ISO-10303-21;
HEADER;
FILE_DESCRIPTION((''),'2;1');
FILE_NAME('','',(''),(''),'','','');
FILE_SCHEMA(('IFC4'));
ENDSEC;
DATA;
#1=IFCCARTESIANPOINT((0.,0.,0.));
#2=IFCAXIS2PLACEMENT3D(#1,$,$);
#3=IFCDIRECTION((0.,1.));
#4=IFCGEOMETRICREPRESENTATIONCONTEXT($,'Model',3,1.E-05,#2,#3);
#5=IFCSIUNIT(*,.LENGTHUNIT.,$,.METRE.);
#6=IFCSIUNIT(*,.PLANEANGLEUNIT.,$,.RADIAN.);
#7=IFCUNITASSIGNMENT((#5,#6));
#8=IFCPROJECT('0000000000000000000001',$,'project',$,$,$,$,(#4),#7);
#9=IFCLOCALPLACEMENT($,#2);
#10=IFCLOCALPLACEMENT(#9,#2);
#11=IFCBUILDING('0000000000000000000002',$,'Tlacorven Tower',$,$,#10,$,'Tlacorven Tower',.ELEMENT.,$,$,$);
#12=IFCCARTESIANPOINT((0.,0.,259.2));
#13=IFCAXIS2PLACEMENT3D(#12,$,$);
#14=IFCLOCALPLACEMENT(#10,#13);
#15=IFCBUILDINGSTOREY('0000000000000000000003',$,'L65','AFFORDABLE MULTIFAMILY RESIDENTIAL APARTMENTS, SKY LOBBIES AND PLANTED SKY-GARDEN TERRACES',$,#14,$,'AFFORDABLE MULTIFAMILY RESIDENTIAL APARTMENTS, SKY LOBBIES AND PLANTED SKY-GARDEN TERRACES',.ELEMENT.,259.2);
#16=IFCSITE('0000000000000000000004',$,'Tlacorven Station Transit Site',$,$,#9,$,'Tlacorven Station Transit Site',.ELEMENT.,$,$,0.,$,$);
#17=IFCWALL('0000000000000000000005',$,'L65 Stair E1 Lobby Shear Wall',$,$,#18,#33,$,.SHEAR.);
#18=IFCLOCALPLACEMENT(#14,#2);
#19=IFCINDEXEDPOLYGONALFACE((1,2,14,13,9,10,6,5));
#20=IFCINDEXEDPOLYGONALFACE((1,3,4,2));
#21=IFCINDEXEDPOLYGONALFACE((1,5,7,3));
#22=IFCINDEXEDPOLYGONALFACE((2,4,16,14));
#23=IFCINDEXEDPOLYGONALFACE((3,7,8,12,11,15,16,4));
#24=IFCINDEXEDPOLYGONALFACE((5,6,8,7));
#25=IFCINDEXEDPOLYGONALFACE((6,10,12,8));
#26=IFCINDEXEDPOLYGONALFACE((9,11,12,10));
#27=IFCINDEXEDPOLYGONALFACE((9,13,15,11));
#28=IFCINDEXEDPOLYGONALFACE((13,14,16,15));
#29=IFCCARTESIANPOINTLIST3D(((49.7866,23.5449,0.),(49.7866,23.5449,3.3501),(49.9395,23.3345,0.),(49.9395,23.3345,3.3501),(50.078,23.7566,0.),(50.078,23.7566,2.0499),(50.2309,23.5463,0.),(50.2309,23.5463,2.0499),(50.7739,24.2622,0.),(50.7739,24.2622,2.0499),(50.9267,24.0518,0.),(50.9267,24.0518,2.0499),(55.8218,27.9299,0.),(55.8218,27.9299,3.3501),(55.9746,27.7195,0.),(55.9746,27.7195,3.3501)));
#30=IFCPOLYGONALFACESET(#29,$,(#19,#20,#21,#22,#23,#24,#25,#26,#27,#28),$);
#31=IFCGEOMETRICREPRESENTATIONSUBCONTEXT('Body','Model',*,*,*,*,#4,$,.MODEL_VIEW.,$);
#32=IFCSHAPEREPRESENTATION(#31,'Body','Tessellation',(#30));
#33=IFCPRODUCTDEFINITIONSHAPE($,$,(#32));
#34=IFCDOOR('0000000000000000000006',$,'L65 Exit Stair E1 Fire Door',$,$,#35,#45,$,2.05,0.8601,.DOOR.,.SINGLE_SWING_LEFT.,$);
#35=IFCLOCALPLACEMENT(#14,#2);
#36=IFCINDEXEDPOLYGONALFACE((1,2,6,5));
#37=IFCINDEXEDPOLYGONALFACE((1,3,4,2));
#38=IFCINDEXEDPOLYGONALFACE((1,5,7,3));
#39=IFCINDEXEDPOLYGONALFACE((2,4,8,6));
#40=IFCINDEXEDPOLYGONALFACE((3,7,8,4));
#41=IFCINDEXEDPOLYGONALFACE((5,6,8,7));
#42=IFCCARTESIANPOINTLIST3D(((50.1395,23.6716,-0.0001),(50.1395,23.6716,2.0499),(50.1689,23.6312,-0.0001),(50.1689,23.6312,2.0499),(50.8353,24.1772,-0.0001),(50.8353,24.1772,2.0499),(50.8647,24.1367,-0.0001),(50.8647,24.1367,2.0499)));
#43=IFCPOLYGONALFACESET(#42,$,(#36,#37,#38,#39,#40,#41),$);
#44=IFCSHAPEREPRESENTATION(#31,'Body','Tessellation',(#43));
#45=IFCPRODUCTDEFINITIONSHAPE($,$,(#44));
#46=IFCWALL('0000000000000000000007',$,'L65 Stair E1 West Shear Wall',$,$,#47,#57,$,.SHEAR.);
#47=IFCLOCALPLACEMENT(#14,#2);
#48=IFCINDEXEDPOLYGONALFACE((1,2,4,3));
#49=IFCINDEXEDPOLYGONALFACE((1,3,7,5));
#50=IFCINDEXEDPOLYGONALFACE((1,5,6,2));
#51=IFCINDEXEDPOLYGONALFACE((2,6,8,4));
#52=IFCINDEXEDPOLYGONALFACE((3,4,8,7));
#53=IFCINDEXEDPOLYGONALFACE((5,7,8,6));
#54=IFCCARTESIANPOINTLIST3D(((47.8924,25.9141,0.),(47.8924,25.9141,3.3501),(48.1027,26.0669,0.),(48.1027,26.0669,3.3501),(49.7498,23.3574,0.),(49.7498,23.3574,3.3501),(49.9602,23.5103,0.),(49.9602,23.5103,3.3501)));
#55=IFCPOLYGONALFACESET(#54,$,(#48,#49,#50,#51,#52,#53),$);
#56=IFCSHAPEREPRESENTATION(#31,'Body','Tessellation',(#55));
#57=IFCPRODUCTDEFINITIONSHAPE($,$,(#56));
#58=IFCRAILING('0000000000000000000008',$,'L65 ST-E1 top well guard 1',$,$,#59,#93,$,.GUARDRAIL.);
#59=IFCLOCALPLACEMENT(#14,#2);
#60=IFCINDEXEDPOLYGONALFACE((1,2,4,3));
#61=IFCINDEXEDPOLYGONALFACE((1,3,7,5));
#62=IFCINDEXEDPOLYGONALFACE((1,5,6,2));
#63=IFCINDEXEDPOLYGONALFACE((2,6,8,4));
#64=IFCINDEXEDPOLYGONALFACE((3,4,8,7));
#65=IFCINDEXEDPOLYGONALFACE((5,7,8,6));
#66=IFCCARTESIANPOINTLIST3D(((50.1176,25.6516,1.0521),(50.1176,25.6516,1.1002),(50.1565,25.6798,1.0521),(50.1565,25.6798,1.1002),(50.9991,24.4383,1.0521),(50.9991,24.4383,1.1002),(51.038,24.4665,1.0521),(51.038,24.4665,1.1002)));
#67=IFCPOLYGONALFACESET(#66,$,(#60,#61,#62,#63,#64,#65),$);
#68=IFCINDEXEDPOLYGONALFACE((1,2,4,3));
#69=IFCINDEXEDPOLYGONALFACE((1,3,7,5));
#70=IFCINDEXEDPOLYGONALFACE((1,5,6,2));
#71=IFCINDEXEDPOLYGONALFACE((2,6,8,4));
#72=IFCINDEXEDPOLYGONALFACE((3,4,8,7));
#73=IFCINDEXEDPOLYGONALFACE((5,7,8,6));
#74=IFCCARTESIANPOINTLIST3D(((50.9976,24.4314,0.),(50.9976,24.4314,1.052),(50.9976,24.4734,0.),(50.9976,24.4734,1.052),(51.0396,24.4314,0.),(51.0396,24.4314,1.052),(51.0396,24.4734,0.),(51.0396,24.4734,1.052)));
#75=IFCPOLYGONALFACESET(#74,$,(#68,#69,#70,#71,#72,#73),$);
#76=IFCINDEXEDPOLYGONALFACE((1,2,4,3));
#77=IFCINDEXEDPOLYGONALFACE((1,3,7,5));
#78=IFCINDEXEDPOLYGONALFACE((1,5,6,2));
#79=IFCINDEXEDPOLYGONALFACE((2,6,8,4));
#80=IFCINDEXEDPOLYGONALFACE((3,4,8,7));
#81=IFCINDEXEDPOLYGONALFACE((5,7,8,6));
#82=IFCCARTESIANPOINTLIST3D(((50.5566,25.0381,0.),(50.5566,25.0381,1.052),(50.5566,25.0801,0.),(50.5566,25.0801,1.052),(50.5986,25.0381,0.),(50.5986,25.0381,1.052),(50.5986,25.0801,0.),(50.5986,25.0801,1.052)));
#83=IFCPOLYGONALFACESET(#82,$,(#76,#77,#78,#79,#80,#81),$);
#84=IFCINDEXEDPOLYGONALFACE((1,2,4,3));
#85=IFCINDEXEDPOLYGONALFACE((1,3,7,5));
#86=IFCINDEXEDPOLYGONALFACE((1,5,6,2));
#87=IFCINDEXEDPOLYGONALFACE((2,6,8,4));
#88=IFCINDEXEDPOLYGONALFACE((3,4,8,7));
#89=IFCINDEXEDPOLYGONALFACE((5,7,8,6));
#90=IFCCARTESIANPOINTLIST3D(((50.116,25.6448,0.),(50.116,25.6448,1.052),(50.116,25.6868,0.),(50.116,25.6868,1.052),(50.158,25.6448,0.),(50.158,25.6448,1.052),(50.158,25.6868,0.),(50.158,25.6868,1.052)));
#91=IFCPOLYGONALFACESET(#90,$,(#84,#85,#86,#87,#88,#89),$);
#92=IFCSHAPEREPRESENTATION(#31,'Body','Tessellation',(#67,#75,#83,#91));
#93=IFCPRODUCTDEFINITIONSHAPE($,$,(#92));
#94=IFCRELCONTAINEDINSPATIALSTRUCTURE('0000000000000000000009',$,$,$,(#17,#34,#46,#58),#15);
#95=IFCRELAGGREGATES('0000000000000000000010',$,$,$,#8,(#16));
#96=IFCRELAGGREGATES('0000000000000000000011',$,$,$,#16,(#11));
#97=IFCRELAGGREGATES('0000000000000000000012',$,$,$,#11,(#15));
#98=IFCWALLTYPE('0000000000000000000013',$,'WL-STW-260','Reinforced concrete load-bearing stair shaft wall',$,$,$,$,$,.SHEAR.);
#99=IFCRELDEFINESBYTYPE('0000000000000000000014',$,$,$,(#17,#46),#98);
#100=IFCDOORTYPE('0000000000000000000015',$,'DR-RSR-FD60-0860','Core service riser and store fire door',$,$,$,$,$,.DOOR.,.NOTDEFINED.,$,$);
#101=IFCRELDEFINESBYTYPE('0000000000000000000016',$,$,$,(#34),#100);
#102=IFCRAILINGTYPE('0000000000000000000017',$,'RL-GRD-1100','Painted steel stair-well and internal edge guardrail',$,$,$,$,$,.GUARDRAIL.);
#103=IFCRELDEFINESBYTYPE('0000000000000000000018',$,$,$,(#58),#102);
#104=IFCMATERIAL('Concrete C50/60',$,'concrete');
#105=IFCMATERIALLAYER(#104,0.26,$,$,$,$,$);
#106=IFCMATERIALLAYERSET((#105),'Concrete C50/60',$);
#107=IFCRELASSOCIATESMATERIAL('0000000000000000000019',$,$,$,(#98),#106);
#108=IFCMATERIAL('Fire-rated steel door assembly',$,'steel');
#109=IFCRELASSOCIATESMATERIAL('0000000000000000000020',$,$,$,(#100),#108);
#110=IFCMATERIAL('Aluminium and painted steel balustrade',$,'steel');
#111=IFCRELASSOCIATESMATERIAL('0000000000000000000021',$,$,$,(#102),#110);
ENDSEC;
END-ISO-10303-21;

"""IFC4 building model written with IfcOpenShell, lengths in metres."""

from ifc_helpers import new_model, si_unit, direction, frame, frame_2d, origin, origin_2d, place, context, subcontext, project, spatial, rectangle, extrude, source, transform, mapped, material, layer, layer_set, type_object, element, fill, save


model = new_model("IFC4")

# Units and contexts
model_context = context("Model", 3, precision=1e-05, world=origin(), true_north=direction((0.0, 1.0)))
body_context = subcontext(model_context, "Body", "Model", "MODEL_VIEW")
ifc_project = project(units=[si_unit("LENGTHUNIT", "METRE"), si_unit("PLANEANGLEUNIT", "RADIAN")], contexts=[model_context])

# Site, building, storey
site_placement = place(None, origin())
site = spatial("IfcSite", under=ifc_project, at=site_placement, Name="Tlacorven Station Transit Site", LongName="Tlacorven Station Transit Site", CompositionType="ELEMENT", RefElevation=0.0)
building_placement = place(site_placement, origin())
building = spatial("IfcBuilding", under=site, at=building_placement, Name="Tlacorven Tower", LongName="Tlacorven Tower", CompositionType="ELEMENT")
storey_placement = place(building_placement, frame((0.0, 0.0, 259.2)))
storey = spatial("IfcBuildingStorey", under=building, at=storey_placement, Name="L65", Description="AFFORDABLE MULTIFAMILY RESIDENTIAL APARTMENTS, SKY LOBBIES AND PLANTED SKY-GARDEN TERRACES", LongName="AFFORDABLE MULTIFAMILY RESIDENTIAL APARTMENTS, SKY LOBBIES AND PLANTED SKY-GARDEN TERRACES", CompositionType="ELEMENT", Elevation=259.2)

# Shared definitions
ifc_material_1 = material(Name="Concrete C50/60", Category="concrete")

# Shared definitions
ifc_material_2 = material(Name="Fire-rated steel door assembly", Category="steel")

# Shared definitions
ifc_layer_1 = layer(ifc_material_1, 0.26)
ifc_layer_set_1 = layer_set([ifc_layer_1], Name="Concrete C50/60")
wall_type_1 = type_object("IfcWallType", Name="WL-STW-260", Description="Reinforced concrete load-bearing stair shaft wall", PredefinedType="SHEAR", material=ifc_layer_set_1)

# Wall, opening, door
wall_1_placement = place(storey_placement, frame((49.863, 23.4397, 0.0), z_axis=(0.0, 0.0, 1.0), x_axis=(0.809003, 0.587804, 0.0)))
wall_1 = element("IfcWall", 1, at=wall_1_placement, inside=storey, type_object=wall_type_1, Name="L65 Stair E1 Lobby Shear Wall", PredefinedType="SHEAR", context=body_context, shape_type="SweptSolid", body=[
    extrude(rectangle(XDim=7.46, YDim=0.26, at=frame_2d((3.73, 0.0))), origin(), (0.0, 0.0, 1.0), 3.3501),
])
opening_1_placement = place(wall_1_placement, frame((0.3601, 0.0, 0.0)))
opening_1 = element("IfcOpeningElement", 2, at=opening_1_placement, cuts=wall_1, PredefinedType="OPENING", context=body_context, shape_type="SweptSolid", body=[
    extrude(rectangle(XDim=0.8601, YDim=2.05, at=frame_2d((0.4302, 1.0249))), frame((0.0, 0.1401, 0.0), z_axis=(0.0, -1.0, 0.0), x_axis=(1.0, 0.0, 0.0)), (0.0, 0.0, 1.0), 0.28),
])
door_type_1 = type_object("IfcDoorType", Name="DR-RSR-FD60-0860", Description="Core service riser and store fire door", OperationType="NOTDEFINED", PredefinedType="DOOR", material=ifc_material_2)
shared_shape_1 = source(origin(), body_context, "Body", "SweptSolid", [
    extrude(rectangle(XDim=0.8601, YDim=2.05, at=frame_2d((0.4302, 1.0249))), frame((0.0, 0.0249, 0.0), z_axis=(0.0, -1.0, 0.0), x_axis=(1.0, 0.0, 0.0)), (0.0, 0.0, 1.0), 0.05),
])
door_1_placement = place(opening_1_placement, frame((0.8601, 0.0, 0.0), z_axis=(0.0, 0.0, 1.0), x_axis=(-1.0, 0.0, 0.0)))
door_1 = element("IfcDoor", 3, at=door_1_placement, inside=storey, type_object=door_type_1, Name="L65 Exit Stair E1 Fire Door", OperationType="SINGLE_SWING_LEFT", OverallHeight=2.05, OverallWidth=0.8601, PredefinedType="DOOR", context=body_context, shape_type="MappedRepresentation", body=[
    mapped(shared_shape_1, transform((0.0, 0.0, 0.0), scale=1.0)),
])
fill(opening_1, door_1)

# Wall
wall_2_placement = place(storey_placement, frame((49.855, 23.4338, 0.0), z_axis=(0.0, 0.0, 1.0), x_axis=(-0.587767, 0.80903, 0.0)))
element("IfcWall", 4, at=wall_2_placement, inside=storey, type_object=wall_type_1, Name="L65 Stair E1 West Shear Wall", PredefinedType="SHEAR", context=body_context, shape_type="SweptSolid", body=[
    extrude(rectangle(XDim=3.1602, YDim=0.26, at=frame_2d((1.5801, 0.0))), origin(), (0.0, 0.0, 1.0), 3.3501),
])

# Railing
ifc_material_3 = material(Name="Aluminium and painted steel balustrade", Category="steel")
railing_type = type_object("IfcRailingType", Name="RL-GRD-1100", Description="Painted steel stair-well and internal edge guardrail", PredefinedType="GUARDRAIL", material=ifc_material_3)
shared_shape_2 = source(origin(), body_context, "Body", "SweptSolid", [
    extrude(rectangle(XDim=0.0481, YDim=0.0481, at=origin_2d()), frame((0.0, 0.0, 1.0762), z_axis=(-0.587794, 0.809011, 0.0), x_axis=(-0.809011, -0.587794, 0.0)), (0.0, 0.0, 1.0), 1.4998),
    extrude(rectangle(XDim=0.042, YDim=0.042, at=origin_2d()), origin(), (0.0, 0.0, 1.0), 1.052),
    extrude(rectangle(XDim=0.042, YDim=0.042, at=origin_2d()), frame((-0.4409, 0.6067, 0.0)), (0.0, 0.0, 1.0), 1.052),
    extrude(rectangle(XDim=0.042, YDim=0.042, at=origin_2d()), frame((-0.8816, 1.2134, 0.0)), (0.0, 0.0, 1.0), 1.052),
])
railing_placement = place(storey_placement, frame((51.0186, 24.4524, 0.0)))
element("IfcRailing", 5, at=railing_placement, inside=storey, type_object=railing_type, Name="L65 ST-E1 top well guard 1", PredefinedType="GUARDRAIL", context=body_context, shape_type="MappedRepresentation", body=[
    mapped(shared_shape_2, transform((0.0, 0.0, 0.0), scale=1.0)),
])

save(model, "model.ifc")
